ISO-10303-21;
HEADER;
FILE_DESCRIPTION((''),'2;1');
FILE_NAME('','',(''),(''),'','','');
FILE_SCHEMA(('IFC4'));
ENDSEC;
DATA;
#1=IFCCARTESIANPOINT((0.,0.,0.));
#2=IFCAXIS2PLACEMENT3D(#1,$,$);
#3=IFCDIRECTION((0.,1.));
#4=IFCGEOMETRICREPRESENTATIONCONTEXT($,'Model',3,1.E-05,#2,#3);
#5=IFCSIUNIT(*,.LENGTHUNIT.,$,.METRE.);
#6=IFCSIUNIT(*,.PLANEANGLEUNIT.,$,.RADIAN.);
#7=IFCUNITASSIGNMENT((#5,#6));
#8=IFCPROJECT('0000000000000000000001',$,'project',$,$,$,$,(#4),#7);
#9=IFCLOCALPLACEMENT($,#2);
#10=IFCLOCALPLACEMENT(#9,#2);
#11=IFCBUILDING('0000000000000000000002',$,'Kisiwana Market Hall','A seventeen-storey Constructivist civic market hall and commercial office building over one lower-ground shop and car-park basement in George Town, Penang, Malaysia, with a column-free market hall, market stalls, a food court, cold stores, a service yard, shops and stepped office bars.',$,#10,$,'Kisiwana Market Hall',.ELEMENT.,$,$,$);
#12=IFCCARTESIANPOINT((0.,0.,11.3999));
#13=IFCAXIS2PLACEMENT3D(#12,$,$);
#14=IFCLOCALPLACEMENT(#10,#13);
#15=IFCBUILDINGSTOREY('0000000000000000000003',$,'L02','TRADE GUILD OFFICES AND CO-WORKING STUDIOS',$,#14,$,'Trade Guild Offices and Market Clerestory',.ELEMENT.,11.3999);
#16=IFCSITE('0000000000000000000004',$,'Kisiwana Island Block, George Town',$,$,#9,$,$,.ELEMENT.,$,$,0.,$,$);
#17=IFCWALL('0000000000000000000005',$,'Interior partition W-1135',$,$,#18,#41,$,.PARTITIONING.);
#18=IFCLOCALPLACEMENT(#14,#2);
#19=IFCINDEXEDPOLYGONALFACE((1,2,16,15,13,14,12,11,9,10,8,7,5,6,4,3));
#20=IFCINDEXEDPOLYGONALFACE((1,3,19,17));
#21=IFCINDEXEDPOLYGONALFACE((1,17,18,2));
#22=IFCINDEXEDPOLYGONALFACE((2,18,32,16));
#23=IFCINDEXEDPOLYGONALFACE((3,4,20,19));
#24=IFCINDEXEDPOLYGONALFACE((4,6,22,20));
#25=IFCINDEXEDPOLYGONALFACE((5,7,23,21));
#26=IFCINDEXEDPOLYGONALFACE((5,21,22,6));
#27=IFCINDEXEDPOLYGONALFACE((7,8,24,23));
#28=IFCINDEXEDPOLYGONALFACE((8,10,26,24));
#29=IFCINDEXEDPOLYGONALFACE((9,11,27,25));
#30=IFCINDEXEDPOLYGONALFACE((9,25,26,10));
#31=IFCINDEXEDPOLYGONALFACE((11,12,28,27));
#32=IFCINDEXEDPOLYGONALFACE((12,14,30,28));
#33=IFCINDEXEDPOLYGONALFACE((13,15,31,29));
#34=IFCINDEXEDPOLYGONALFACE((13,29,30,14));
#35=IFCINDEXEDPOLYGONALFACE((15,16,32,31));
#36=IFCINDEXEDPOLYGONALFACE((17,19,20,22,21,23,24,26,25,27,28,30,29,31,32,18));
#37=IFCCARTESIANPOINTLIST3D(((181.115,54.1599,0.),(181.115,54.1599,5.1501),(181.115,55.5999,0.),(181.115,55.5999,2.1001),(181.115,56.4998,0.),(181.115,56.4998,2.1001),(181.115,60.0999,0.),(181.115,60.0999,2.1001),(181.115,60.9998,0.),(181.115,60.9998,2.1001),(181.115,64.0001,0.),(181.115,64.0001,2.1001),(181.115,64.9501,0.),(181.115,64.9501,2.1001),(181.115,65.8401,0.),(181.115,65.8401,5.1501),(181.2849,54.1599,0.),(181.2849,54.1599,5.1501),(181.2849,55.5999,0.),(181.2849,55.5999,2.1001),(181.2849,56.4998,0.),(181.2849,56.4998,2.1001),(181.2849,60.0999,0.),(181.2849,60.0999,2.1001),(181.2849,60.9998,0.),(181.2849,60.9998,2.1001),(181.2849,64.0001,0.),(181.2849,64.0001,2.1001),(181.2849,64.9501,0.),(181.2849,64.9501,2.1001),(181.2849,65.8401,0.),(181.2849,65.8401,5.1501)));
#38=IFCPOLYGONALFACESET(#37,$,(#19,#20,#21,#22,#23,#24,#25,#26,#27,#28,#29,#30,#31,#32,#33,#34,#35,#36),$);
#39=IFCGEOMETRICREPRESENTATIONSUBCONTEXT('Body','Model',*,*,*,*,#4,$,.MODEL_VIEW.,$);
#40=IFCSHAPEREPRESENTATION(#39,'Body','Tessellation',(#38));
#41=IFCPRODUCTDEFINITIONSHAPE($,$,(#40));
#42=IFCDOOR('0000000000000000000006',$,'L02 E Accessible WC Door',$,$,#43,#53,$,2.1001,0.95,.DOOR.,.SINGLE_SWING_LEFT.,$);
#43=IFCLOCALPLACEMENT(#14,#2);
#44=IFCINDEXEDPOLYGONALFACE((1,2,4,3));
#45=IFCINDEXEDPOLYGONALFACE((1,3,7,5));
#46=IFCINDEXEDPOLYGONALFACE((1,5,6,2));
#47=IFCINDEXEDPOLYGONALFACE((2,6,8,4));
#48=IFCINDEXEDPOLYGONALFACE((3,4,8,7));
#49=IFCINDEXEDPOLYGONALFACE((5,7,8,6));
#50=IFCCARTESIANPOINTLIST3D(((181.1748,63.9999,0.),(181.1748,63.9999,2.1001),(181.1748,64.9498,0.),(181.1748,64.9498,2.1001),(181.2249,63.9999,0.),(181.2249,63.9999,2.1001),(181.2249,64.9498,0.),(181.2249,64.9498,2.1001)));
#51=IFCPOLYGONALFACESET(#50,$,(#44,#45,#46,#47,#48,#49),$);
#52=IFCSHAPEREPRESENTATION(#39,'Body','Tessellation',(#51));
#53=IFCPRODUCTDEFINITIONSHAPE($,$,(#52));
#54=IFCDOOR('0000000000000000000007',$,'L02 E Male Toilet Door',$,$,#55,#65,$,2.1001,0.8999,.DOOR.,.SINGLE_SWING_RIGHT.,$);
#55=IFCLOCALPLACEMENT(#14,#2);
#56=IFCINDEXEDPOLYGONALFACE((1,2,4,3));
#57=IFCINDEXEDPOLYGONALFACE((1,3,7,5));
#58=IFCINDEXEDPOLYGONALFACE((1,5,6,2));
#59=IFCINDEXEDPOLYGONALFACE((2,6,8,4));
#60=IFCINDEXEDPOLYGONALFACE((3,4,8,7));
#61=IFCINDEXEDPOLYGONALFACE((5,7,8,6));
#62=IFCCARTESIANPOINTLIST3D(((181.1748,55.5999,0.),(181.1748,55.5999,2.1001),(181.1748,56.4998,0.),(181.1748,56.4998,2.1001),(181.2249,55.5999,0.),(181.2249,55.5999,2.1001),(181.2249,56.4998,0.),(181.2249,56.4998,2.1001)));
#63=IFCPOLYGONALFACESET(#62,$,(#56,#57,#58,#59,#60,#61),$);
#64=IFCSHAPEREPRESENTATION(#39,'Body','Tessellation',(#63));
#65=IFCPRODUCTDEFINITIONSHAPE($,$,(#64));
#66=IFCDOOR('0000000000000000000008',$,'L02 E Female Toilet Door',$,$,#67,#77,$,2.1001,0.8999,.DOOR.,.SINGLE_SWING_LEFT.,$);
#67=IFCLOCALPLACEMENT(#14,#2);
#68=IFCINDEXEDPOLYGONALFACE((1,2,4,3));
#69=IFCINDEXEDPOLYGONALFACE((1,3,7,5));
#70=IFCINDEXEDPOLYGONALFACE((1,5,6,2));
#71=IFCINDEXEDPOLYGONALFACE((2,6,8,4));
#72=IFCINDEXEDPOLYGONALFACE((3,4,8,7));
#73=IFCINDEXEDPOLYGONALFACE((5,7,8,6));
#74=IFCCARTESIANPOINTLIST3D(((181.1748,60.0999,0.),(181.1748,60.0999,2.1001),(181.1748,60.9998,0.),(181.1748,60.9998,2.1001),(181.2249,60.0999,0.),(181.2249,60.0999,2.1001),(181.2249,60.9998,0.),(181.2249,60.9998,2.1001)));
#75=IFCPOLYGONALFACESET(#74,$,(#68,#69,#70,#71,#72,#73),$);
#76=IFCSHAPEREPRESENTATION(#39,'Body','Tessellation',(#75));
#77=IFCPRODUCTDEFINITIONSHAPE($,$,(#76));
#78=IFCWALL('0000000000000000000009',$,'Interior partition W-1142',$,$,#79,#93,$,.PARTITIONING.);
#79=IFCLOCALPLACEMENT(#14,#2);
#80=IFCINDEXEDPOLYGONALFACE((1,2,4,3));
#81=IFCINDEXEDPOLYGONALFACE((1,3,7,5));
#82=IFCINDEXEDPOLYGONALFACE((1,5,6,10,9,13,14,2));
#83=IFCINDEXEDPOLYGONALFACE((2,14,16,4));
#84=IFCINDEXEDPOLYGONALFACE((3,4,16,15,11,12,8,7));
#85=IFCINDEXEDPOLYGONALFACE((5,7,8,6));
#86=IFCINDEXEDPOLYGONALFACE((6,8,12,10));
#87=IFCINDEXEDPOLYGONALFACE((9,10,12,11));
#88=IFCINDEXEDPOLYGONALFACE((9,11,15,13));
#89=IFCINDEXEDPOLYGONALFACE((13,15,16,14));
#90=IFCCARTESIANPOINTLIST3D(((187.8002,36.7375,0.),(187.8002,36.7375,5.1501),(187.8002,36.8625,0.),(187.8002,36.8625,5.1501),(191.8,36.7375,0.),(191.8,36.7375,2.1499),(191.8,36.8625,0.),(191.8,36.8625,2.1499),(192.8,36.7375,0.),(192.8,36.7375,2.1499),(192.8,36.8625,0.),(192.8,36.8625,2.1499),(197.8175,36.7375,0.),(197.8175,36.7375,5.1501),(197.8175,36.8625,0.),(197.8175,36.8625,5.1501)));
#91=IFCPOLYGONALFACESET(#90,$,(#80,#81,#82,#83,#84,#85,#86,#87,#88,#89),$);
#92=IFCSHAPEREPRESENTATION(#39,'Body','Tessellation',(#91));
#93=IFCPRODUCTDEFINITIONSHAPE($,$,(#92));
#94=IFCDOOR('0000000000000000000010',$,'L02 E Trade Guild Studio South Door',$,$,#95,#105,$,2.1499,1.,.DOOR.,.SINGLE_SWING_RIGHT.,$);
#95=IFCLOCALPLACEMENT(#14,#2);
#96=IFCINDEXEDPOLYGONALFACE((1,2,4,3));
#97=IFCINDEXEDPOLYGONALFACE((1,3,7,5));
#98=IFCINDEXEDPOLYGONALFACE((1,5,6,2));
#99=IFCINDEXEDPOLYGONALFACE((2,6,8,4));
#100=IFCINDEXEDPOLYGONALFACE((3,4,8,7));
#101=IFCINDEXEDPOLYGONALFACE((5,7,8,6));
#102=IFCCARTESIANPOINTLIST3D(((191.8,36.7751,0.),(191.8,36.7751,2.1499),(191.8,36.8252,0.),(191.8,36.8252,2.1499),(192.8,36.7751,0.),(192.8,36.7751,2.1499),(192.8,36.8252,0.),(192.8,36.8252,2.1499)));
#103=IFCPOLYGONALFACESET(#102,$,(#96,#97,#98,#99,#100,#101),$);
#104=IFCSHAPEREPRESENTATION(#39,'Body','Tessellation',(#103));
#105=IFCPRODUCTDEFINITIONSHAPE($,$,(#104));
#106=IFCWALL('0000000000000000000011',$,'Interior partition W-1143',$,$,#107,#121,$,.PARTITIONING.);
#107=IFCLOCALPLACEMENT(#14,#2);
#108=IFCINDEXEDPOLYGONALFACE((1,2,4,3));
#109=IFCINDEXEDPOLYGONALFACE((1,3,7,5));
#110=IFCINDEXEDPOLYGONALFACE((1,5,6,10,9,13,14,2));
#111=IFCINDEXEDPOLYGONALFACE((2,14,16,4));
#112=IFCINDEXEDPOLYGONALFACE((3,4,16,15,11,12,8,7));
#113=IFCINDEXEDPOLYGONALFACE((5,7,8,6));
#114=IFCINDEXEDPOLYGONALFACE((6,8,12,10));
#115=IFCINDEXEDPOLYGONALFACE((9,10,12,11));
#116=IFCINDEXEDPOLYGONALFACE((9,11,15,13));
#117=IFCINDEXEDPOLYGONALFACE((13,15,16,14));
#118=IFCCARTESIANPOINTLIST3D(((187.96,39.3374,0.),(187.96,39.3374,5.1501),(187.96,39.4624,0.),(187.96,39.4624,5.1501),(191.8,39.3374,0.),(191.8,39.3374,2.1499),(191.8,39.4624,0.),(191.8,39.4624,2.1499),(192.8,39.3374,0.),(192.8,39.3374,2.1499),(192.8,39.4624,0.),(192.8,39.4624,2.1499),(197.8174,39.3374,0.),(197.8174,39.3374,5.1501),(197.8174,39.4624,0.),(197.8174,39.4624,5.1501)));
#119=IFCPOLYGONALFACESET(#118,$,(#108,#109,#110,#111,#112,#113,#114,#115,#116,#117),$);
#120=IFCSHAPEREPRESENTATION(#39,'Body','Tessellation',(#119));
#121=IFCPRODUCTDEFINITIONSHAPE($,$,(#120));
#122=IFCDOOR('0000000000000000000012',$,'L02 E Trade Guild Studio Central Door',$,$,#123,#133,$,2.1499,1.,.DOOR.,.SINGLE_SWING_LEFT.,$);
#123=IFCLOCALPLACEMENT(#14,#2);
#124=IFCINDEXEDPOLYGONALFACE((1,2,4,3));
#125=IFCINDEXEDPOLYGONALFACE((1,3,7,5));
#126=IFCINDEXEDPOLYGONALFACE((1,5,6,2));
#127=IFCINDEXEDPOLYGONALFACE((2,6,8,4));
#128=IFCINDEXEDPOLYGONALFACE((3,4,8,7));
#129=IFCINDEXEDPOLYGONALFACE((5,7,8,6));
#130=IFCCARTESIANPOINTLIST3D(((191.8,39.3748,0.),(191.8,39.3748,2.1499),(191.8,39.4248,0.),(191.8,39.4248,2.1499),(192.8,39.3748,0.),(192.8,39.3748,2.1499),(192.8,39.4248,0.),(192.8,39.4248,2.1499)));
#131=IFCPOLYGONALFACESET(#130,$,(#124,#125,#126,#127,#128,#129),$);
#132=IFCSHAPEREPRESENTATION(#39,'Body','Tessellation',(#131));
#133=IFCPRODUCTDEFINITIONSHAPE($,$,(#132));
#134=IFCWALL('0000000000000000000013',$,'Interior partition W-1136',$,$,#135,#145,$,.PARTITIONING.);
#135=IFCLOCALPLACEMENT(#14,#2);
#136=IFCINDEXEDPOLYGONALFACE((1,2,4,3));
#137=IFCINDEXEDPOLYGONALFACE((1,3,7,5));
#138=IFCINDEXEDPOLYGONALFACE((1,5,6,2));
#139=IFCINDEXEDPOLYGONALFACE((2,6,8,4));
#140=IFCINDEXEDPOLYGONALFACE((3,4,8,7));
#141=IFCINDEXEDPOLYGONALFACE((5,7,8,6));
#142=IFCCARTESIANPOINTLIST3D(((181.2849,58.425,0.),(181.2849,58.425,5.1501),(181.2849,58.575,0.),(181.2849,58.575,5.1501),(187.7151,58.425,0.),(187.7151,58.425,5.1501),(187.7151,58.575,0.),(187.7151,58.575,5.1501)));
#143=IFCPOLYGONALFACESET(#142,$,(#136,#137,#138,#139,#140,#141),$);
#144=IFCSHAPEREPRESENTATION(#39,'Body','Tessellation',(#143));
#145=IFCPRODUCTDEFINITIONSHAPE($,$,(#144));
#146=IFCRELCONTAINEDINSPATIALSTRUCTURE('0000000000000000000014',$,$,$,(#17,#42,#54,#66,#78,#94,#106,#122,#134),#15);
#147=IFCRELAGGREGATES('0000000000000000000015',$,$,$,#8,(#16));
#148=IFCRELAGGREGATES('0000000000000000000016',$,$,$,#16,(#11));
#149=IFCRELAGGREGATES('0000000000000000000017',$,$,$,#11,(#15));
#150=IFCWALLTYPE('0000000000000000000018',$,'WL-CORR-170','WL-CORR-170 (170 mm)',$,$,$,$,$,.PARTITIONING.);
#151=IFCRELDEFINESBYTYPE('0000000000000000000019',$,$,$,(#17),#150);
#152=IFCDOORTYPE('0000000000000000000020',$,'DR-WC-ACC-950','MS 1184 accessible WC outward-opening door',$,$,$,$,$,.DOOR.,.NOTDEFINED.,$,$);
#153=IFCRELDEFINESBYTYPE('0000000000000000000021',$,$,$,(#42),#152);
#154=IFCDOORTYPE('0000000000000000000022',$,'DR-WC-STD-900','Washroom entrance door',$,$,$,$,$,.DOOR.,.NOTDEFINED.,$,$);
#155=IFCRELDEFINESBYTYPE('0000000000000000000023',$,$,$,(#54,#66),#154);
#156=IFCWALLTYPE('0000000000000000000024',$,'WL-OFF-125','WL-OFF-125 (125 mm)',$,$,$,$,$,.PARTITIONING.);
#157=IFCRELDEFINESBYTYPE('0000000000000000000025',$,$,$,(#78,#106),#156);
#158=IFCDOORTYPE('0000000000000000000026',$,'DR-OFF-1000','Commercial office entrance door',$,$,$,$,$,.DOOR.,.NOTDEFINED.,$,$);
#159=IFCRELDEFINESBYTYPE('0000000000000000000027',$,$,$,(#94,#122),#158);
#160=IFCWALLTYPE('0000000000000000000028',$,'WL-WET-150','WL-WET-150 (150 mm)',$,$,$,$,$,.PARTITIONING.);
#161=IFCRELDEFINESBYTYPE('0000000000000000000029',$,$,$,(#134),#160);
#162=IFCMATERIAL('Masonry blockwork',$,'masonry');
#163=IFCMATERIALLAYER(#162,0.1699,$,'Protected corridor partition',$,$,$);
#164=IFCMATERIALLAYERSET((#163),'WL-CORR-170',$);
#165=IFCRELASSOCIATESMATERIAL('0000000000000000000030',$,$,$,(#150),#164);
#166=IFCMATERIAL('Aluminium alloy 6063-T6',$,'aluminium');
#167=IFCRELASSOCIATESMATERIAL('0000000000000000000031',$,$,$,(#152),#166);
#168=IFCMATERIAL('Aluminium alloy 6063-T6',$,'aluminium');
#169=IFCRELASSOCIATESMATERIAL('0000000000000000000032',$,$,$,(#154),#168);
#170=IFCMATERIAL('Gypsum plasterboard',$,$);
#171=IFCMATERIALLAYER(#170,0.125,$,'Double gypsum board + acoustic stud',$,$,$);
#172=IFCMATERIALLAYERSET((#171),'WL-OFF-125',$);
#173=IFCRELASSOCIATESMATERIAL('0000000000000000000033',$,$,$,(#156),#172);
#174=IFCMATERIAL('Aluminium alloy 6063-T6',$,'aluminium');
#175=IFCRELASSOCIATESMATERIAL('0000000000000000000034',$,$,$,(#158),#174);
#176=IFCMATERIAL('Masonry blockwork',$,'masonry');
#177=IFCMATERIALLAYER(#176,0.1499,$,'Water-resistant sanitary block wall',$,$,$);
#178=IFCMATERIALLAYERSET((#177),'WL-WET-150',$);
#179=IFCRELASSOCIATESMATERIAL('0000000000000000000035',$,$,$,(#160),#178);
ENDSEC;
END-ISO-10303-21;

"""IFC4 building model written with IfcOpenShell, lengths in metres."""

from ifc_helpers import new_model, si_unit, direction, frame, frame_2d, origin, place, context, subcontext, project, spatial, rectangle, extrude, material, layer, layer_set, type_object, element, fill, save


model = new_model("IFC4")

# Units and contexts
model_context = context("Model", 3, precision=1e-05, world=origin(), true_north=direction((0.0, 1.0)))
body_context = subcontext(model_context, "Body", "Model", "MODEL_VIEW")
ifc_project = project(units=[si_unit("LENGTHUNIT", "METRE"), si_unit("PLANEANGLEUNIT", "RADIAN")], contexts=[model_context])

# Site, building, storey
site_placement = place(None, origin())
site = spatial("IfcSite", under=ifc_project, at=site_placement, Name="Kisiwana Island Block, George Town", CompositionType="ELEMENT", RefElevation=0.0)
building_placement = place(site_placement, origin())
building = spatial("IfcBuilding", under=site, at=building_placement, Name="Kisiwana Market Hall", Description="A seventeen-storey Constructivist civic market hall and commercial office building over one lower-ground shop and car-park basement in George Town, Penang, Malaysia, with a column-free market hall, market stalls, a food court, cold stores, a service yard, shops and stepped office bars.", LongName="Kisiwana Market Hall", CompositionType="ELEMENT")
storey_placement = place(building_placement, frame((0.0, 0.0, 11.3999)))
storey = spatial("IfcBuildingStorey", under=building, at=storey_placement, Name="L02", Description="TRADE GUILD OFFICES AND CO-WORKING STUDIOS", LongName="Trade Guild Offices and Market Clerestory", CompositionType="ELEMENT", Elevation=11.3999)

# Shared definitions
ifc_material_1 = material(Name="Masonry blockwork", Category="masonry")
ifc_layer_1 = layer(ifc_material_1, 0.1699, Name="Protected corridor partition")
ifc_layer_set_1 = layer_set([ifc_layer_1], Name="WL-CORR-170")
wall_type_1 = type_object("IfcWallType", Name="WL-CORR-170", Description="WL-CORR-170 (170 mm)", PredefinedType="PARTITIONING", material=ifc_layer_set_1)

# Wall, openings, doors
wall_1_placement = place(storey_placement, frame((181.2, 54.1599, 0.0), z_axis=(0.0, 0.0, 1.0), x_axis=(0.0, 1.0, 0.0)))
wall_1 = element("IfcWall", 1, at=wall_1_placement, inside=storey, type_object=wall_type_1, Name="Interior partition W-1135", PredefinedType="PARTITIONING", context=body_context, shape_type="SweptSolid", body=[
    extrude(rectangle(XDim=11.6802, YDim=0.1699, at=frame_2d((5.8401, 0.0))), origin(), (0.0, 0.0, 1.0), 5.1501),
])
opening_1_placement = place(wall_1_placement, frame((1.4399, 0.0, 0.0)))
opening_1 = element("IfcOpeningElement", 2, at=opening_1_placement, cuts=wall_1, PredefinedType="OPENING", context=body_context, shape_type="SweptSolid", body=[
    extrude(rectangle(XDim=0.8999, YDim=2.1001, at=frame_2d((0.45, 1.05))), frame((0.0, 0.0969, 0.0), z_axis=(0.0, -1.0, 0.0), x_axis=(1.0, 0.0, 0.0)), (0.0, 0.0, 1.0), 0.1938),
])
opening_2_placement = place(wall_1_placement, frame((5.9399, 0.0, 0.0)))
opening_2 = element("IfcOpeningElement", 3, at=opening_2_placement, cuts=wall_1, PredefinedType="OPENING", context=body_context, shape_type="SweptSolid", body=[
    extrude(rectangle(XDim=0.8999, YDim=2.1001, at=frame_2d((0.45, 1.05))), frame((0.0, 0.0969, 0.0), z_axis=(0.0, -1.0, 0.0), x_axis=(1.0, 0.0, 0.0)), (0.0, 0.0, 1.0), 0.1938),
])
opening_3_placement = place(wall_1_placement, frame((9.8401, 0.0, 0.0)))
opening_3 = element("IfcOpeningElement", 4, at=opening_3_placement, cuts=wall_1, PredefinedType="OPENING", context=body_context, shape_type="SweptSolid", body=[
    extrude(rectangle(XDim=0.95, YDim=2.1001, at=frame_2d((0.4751, 1.05))), frame((0.0, 0.0969, 0.0), z_axis=(0.0, -1.0, 0.0), x_axis=(1.0, 0.0, 0.0)), (0.0, 0.0, 1.0), 0.1938),
])
ifc_material_2 = material(Name="Aluminium alloy 6063-T6", Category="aluminium")
door_type_1 = type_object("IfcDoorType", Name="DR-WC-ACC-950", Description="MS 1184 accessible WC outward-opening door", OperationType="NOTDEFINED", PredefinedType="DOOR", material=ifc_material_2)
door_1_placement = place(opening_3_placement, frame((0.95, 0.0, 0.0), z_axis=(0.0, 0.0, 1.0), x_axis=(-1.0, 0.0, 0.0)))
door_1 = element("IfcDoor", 5, at=door_1_placement, inside=storey, type_object=door_type_1, Name="L02 E Accessible WC Door", OperationType="SINGLE_SWING_LEFT", OverallHeight=2.1001, OverallWidth=0.95, PredefinedType="DOOR", context=body_context, shape_type="SweptSolid", body=[
    extrude(rectangle(XDim=0.95, YDim=2.1001, at=frame_2d((0.4751, 1.05))), frame((0.0, 0.0249, 0.0), z_axis=(0.0, -1.0, 0.0), x_axis=(1.0, 0.0, 0.0)), (0.0, 0.0, 1.0), 0.05),
])
fill(opening_3, door_1)
ifc_material_3 = material(Name="Aluminium alloy 6063-T6", Category="aluminium")
door_type_2 = type_object("IfcDoorType", Name="DR-WC-STD-900", Description="Washroom entrance door", OperationType="NOTDEFINED", PredefinedType="DOOR", material=ifc_material_3)
door_2_placement = place(opening_1_placement, frame((0.8999, 0.0, 0.0), z_axis=(0.0, 0.0, 1.0), x_axis=(-1.0, 0.0, 0.0)))
door_2 = element("IfcDoor", 6, at=door_2_placement, inside=storey, type_object=door_type_2, Name="L02 E Male Toilet Door", OperationType="SINGLE_SWING_RIGHT", OverallHeight=2.1001, OverallWidth=0.8999, PredefinedType="DOOR", context=body_context, shape_type="SweptSolid", body=[
    extrude(rectangle(XDim=0.8999, YDim=2.1001, at=frame_2d((0.45, 1.05))), frame((0.0, 0.0249, 0.0), z_axis=(0.0, -1.0, 0.0), x_axis=(1.0, 0.0, 0.0)), (0.0, 0.0, 1.0), 0.05),
])
fill(opening_1, door_2)
door_3_placement = place(opening_2_placement, frame((0.8999, 0.0, 0.0), z_axis=(0.0, 0.0, 1.0), x_axis=(-1.0, 0.0, 0.0)))
door_3 = element("IfcDoor", 7, at=door_3_placement, inside=storey, type_object=door_type_2, Name="L02 E Female Toilet Door", OperationType="SINGLE_SWING_LEFT", OverallHeight=2.1001, OverallWidth=0.8999, PredefinedType="DOOR", context=body_context, shape_type="SweptSolid", body=[
    extrude(rectangle(XDim=0.8999, YDim=2.1001, at=frame_2d((0.45, 1.05))), frame((0.0, 0.0249, 0.0), z_axis=(0.0, -1.0, 0.0), x_axis=(1.0, 0.0, 0.0)), (0.0, 0.0, 1.0), 0.05),
])
fill(opening_2, door_3)

# Walls, openings, doors
ifc_material_4 = material(Name="Gypsum plasterboard")
ifc_layer_2 = layer(ifc_material_4, 0.125, Name="Double gypsum board + acoustic stud")
ifc_layer_set_2 = layer_set([ifc_layer_2], Name="WL-OFF-125")
wall_type_2 = type_object("IfcWallType", Name="WL-OFF-125", Description="WL-OFF-125 (125 mm)", PredefinedType="PARTITIONING", material=ifc_layer_set_2)
wall_2_placement = place(storey_placement, frame((187.8, 36.8, 0.0), z_axis=(0.0, 0.0, 1.0), x_axis=(1.0, 0.0, 0.0)))
wall_2 = element("IfcWall", 8, at=wall_2_placement, inside=storey, type_object=wall_type_2, Name="Interior partition W-1142", PredefinedType="PARTITIONING", context=body_context, shape_type="SweptSolid", body=[
    extrude(rectangle(XDim=10.0173, YDim=0.125, at=frame_2d((5.0088, 0.0))), origin(), (0.0, 0.0, 1.0), 5.1501),
])
opening_4_placement = place(wall_2_placement, frame((4.0, 0.0, 0.0)))
opening_4 = element("IfcOpeningElement", 9, at=opening_4_placement, cuts=wall_2, PredefinedType="OPENING", context=body_context, shape_type="SweptSolid", body=[
    extrude(rectangle(XDim=1.0, YDim=2.1499, at=frame_2d((0.5, 1.075))), frame((0.0, 0.0745, 0.0), z_axis=(0.0, -1.0, 0.0), x_axis=(1.0, 0.0, 0.0)), (0.0, 0.0, 1.0), 0.1489),
])
ifc_material_5 = material(Name="Aluminium alloy 6063-T6", Category="aluminium")
door_type_3 = type_object("IfcDoorType", Name="DR-OFF-1000", Description="Commercial office entrance door", OperationType="NOTDEFINED", PredefinedType="DOOR", material=ifc_material_5)
door_4_placement = place(opening_4_placement, frame((1.0, 0.0, 0.0), z_axis=(0.0, 0.0, 1.0), x_axis=(-1.0, 0.0, 0.0)))
door_4 = element("IfcDoor", 10, at=door_4_placement, inside=storey, type_object=door_type_3, Name="L02 E Trade Guild Studio South Door", OperationType="SINGLE_SWING_RIGHT", OverallHeight=2.1499, OverallWidth=1.0, PredefinedType="DOOR", context=body_context, shape_type="SweptSolid", body=[
    extrude(rectangle(XDim=1.0, YDim=2.1499, at=frame_2d((0.5, 1.075))), frame((0.0, 0.0249, 0.0), z_axis=(0.0, -1.0, 0.0), x_axis=(1.0, 0.0, 0.0)), (0.0, 0.0, 1.0), 0.05),
])
fill(opening_4, door_4)
wall_3_placement = place(storey_placement, frame((187.96, 39.3999, 0.0), z_axis=(0.0, 0.0, 1.0), x_axis=(1.0, 0.0, 0.0)))
wall_3 = element("IfcWall", 11, at=wall_3_placement, inside=storey, type_object=wall_type_2, Name="Interior partition W-1143", PredefinedType="PARTITIONING", context=body_context, shape_type="SweptSolid", body=[
    extrude(rectangle(XDim=9.8574, YDim=0.125, at=frame_2d((4.9287, 0.0))), origin(), (0.0, 0.0, 1.0), 5.1501),
])
opening_5_placement = place(wall_3_placement, frame((3.8401, 0.0, 0.0)))
opening_5 = element("IfcOpeningElement", 12, at=opening_5_placement, cuts=wall_3, PredefinedType="OPENING", context=body_context, shape_type="SweptSolid", body=[
    extrude(rectangle(XDim=1.0, YDim=2.1499, at=frame_2d((0.5, 1.075))), frame((0.0, 0.0745, 0.0), z_axis=(0.0, -1.0, 0.0), x_axis=(1.0, 0.0, 0.0)), (0.0, 0.0, 1.0), 0.1489),
])
door_5_placement = place(opening_5_placement, origin())
door_5 = element("IfcDoor", 13, at=door_5_placement, inside=storey, type_object=door_type_3, Name="L02 E Trade Guild Studio Central Door", OperationType="SINGLE_SWING_LEFT", OverallHeight=2.1499, OverallWidth=1.0, PredefinedType="DOOR", context=body_context, shape_type="SweptSolid", body=[
    extrude(rectangle(XDim=1.0, YDim=2.1499, at=frame_2d((0.5, 1.075))), frame((0.0, 0.0249, 0.0), z_axis=(0.0, -1.0, 0.0), x_axis=(1.0, 0.0, 0.0)), (0.0, 0.0, 1.0), 0.05),
])
fill(opening_5, door_5)

# Wall
ifc_material_6 = material(Name="Masonry blockwork", Category="masonry")
ifc_layer_3 = layer(ifc_material_6, 0.1499, Name="Water-resistant sanitary block wall")
ifc_layer_set_3 = layer_set([ifc_layer_3], Name="WL-WET-150")
wall_type_3 = type_object("IfcWallType", Name="WL-WET-150", Description="WL-WET-150 (150 mm)", PredefinedType="PARTITIONING", material=ifc_layer_set_3)
wall_4_placement = place(storey_placement, frame((181.2849, 58.5, 0.0), z_axis=(0.0, 0.0, 1.0), x_axis=(1.0, 0.0, 0.0)))
element("IfcWall", 14, at=wall_4_placement, inside=storey, type_object=wall_type_3, Name="Interior partition W-1136", PredefinedType="PARTITIONING", context=body_context, shape_type="SweptSolid", body=[
    extrude(rectangle(XDim=6.4302, YDim=0.1499, at=frame_2d((3.2151, 0.0))), origin(), (0.0, 0.0, 1.0), 5.1501),
])

save(model, "model.ifc")
